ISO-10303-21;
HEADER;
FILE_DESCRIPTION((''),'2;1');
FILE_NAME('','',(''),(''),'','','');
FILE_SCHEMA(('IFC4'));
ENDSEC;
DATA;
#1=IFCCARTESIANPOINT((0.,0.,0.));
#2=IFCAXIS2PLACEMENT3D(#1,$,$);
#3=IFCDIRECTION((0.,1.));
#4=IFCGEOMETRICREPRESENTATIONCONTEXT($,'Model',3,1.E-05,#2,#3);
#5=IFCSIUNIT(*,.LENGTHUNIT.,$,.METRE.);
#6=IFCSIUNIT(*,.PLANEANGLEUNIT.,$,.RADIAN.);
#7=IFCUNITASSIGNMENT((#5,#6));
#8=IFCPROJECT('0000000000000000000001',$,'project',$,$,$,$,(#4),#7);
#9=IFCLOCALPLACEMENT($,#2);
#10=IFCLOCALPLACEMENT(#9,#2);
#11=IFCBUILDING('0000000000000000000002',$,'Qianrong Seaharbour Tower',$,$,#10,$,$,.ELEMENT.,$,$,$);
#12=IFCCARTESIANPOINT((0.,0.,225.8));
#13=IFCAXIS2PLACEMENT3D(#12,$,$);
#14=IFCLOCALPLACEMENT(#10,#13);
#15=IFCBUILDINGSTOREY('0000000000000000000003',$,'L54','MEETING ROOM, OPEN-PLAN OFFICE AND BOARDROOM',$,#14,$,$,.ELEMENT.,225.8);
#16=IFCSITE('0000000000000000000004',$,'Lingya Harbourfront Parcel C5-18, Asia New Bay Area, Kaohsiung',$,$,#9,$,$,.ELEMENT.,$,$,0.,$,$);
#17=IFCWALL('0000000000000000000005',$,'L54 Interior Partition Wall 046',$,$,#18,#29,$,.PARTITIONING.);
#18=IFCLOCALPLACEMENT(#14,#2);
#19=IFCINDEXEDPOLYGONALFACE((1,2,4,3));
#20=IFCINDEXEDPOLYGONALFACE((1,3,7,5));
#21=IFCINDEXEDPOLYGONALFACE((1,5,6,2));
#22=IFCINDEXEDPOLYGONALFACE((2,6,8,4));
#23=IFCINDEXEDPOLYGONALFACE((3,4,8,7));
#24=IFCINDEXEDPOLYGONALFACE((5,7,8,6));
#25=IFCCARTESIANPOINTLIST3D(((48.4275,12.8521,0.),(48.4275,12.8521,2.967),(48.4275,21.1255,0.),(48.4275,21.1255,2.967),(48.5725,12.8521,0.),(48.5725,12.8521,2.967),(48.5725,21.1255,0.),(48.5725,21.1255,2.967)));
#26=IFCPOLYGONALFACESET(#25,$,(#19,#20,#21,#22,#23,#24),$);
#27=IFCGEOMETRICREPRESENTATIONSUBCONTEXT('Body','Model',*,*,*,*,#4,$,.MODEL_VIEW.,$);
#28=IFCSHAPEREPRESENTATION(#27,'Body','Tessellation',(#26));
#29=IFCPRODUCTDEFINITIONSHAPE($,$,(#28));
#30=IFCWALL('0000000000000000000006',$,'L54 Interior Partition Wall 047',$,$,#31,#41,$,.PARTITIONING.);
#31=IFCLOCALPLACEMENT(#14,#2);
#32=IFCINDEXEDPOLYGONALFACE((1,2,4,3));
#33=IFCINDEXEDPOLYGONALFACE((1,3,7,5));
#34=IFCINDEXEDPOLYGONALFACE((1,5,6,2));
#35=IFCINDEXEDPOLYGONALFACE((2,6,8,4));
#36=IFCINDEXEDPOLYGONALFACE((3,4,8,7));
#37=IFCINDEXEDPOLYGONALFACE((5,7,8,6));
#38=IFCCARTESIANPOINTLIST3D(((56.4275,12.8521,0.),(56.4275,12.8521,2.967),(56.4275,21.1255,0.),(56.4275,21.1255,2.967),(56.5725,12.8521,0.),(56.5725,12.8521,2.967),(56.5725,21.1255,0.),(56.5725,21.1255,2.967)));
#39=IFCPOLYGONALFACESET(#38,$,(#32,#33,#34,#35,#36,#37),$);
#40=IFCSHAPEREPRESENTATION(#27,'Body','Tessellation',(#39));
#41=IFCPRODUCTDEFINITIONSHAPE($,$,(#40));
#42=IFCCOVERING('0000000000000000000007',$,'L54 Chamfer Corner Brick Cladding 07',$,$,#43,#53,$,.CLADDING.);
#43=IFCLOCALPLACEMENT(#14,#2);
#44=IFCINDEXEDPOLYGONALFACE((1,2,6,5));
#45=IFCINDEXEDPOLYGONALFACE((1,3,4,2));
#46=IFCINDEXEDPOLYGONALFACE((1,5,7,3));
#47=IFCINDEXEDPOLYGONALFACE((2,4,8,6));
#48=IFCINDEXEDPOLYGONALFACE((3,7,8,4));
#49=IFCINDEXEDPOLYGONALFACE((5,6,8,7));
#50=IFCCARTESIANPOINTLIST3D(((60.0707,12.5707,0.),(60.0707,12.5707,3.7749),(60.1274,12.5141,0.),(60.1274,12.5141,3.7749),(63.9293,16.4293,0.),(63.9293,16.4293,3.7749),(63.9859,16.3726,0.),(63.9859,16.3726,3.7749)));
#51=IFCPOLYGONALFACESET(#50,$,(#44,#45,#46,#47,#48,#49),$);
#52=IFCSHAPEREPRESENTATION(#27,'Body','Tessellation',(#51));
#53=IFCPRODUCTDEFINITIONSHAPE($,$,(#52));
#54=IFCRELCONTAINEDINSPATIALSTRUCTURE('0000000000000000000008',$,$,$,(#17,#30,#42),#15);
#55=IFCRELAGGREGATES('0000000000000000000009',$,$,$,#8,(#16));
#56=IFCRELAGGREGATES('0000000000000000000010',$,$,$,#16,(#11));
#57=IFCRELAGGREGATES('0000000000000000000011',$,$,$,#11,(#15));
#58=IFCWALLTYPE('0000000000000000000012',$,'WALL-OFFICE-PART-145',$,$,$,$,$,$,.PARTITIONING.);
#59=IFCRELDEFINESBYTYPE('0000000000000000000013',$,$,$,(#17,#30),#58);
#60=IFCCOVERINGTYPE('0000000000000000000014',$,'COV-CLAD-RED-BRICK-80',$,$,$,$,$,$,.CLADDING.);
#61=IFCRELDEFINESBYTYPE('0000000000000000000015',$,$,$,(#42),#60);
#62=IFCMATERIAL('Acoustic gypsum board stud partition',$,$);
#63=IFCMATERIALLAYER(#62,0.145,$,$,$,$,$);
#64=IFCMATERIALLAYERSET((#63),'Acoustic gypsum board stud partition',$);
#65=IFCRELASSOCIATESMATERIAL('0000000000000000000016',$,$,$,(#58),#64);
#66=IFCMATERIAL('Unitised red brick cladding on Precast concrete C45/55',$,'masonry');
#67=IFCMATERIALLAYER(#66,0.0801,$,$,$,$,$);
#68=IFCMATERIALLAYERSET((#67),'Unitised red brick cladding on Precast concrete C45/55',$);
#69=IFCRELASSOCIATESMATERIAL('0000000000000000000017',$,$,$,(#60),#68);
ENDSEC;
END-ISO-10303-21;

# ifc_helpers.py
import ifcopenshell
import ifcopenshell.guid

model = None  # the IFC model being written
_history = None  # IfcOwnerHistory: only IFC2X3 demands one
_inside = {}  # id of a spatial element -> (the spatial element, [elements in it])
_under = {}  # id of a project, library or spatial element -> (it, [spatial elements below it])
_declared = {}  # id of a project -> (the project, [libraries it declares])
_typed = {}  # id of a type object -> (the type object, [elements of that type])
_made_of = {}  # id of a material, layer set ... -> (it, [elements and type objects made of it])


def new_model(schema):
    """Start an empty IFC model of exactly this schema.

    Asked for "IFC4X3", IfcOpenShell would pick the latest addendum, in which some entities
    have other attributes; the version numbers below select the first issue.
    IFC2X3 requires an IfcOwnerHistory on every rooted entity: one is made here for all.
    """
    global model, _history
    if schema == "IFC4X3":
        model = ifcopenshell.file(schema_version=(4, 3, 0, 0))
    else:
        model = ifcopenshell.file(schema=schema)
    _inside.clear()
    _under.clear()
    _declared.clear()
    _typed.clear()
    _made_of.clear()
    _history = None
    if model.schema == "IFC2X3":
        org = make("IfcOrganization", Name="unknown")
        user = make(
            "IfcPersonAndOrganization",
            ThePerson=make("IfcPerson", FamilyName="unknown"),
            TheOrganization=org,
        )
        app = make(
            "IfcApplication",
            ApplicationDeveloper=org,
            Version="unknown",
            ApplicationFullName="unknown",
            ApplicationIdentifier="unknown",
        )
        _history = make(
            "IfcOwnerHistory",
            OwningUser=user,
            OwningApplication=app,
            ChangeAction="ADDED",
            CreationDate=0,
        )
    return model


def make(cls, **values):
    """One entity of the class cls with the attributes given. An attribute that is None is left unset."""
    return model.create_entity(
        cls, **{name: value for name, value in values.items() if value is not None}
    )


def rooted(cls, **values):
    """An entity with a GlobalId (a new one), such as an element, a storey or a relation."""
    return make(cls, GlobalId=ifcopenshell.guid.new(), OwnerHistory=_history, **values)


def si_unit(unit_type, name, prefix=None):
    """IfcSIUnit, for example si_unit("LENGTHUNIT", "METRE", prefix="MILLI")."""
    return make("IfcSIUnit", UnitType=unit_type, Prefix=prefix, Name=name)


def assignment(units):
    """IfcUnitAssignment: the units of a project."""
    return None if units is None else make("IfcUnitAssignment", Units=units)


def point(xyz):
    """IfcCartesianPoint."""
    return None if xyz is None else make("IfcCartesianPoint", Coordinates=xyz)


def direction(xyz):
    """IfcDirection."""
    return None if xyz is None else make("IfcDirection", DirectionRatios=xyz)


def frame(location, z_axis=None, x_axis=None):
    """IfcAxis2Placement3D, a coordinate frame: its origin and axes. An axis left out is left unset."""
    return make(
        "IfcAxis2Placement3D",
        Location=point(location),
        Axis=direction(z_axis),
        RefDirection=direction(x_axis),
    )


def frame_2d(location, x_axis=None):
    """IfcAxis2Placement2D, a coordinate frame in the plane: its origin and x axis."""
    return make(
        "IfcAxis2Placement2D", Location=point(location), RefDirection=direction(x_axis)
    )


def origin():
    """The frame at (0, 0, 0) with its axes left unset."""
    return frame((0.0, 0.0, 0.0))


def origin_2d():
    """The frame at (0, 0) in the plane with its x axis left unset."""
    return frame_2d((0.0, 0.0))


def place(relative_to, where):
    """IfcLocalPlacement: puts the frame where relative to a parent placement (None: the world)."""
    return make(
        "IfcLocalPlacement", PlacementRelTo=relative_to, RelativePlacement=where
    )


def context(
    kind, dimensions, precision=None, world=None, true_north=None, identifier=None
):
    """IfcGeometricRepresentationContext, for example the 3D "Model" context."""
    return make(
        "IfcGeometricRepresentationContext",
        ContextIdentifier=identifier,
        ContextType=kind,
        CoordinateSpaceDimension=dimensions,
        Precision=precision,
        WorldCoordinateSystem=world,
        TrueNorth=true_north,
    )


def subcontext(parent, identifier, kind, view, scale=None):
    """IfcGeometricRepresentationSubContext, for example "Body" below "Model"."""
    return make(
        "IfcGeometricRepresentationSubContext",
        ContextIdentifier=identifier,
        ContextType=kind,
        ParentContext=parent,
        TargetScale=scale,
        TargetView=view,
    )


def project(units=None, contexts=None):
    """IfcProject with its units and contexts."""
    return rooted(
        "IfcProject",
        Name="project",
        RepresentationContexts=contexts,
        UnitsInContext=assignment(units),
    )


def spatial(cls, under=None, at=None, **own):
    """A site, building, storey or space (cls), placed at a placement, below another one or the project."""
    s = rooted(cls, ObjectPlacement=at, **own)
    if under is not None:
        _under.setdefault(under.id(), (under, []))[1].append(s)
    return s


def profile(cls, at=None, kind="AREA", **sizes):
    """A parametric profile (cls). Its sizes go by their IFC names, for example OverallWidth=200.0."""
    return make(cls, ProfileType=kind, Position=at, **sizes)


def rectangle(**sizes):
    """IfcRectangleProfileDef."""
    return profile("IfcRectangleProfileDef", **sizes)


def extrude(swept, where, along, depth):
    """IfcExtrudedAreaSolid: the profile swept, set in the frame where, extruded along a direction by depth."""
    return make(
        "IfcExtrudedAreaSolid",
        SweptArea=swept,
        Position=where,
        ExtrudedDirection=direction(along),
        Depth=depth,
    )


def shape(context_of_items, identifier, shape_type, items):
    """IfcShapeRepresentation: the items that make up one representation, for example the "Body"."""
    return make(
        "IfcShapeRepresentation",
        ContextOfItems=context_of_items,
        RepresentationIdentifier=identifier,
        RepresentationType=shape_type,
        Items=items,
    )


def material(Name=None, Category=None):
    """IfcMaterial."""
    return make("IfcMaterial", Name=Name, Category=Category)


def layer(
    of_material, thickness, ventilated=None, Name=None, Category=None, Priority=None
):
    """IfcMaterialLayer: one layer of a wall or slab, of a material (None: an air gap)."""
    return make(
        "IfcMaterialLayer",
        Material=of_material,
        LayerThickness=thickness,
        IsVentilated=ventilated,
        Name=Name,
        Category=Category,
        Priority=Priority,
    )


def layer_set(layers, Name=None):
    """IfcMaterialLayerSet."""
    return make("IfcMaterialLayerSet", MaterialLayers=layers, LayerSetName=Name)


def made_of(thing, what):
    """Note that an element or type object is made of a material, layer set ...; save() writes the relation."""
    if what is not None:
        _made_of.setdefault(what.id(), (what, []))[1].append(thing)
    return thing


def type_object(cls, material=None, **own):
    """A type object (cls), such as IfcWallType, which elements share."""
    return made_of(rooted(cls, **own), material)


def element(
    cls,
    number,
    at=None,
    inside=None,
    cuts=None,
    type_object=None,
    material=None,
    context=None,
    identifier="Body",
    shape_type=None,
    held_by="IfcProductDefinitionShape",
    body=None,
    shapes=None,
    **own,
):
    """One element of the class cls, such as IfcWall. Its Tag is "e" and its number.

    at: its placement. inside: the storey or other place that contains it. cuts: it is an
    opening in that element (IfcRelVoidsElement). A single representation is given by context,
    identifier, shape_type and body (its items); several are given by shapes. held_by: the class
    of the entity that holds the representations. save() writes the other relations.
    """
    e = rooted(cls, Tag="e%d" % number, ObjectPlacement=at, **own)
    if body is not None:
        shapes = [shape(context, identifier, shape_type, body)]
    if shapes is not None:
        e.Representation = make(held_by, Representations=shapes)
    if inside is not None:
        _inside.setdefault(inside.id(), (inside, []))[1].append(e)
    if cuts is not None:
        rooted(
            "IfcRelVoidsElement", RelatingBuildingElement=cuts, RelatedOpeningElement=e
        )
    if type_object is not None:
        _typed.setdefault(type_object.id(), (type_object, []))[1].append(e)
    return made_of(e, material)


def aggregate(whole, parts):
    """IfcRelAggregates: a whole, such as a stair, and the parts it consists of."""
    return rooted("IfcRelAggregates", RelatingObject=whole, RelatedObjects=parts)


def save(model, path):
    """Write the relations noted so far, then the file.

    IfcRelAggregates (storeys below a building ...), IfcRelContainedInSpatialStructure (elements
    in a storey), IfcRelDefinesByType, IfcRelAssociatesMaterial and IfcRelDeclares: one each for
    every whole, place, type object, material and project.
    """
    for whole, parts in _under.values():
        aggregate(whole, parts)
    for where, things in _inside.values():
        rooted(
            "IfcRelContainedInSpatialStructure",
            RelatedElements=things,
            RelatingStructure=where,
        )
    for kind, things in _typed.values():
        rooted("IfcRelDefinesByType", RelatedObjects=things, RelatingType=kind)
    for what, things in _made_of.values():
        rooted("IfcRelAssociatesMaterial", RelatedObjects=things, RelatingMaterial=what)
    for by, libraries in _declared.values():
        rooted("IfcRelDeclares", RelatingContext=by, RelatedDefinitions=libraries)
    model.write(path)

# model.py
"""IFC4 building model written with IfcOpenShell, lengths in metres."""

from ifc_helpers import new_model, si_unit, direction, frame, frame_2d, origin, origin_2d, place, context, subcontext, project, spatial, rectangle, extrude, material, layer, layer_set, type_object, element, save


model = new_model("IFC4")

# Units and contexts
model_context = context("Model", 3, precision=1e-05, world=origin(), true_north=direction((0.0, 1.0)))
body_context = subcontext(model_context, "Body", "Model", "MODEL_VIEW")
ifc_project = project(units=[si_unit("LENGTHUNIT", "METRE"), si_unit("PLANEANGLEUNIT", "RADIAN")], contexts=[model_context])

# Site, building, storey
site_placement = place(None, origin())
site = spatial("IfcSite", under=ifc_project, at=site_placement, Name="Lingya Harbourfront Parcel C5-18, Asia New Bay Area, Kaohsiung", CompositionType="ELEMENT", RefElevation=0.0)
building_placement = place(site_placement, origin())
building = spatial("IfcBuilding", under=site, at=building_placement, Name="Qianrong Seaharbour Tower", CompositionType="ELEMENT")
storey_placement = place(building_placement, frame((0.0, 0.0, 225.8)))
storey = spatial("IfcBuildingStorey", under=building, at=storey_placement, Name="L54", Description="MEETING ROOM, OPEN-PLAN OFFICE AND BOARDROOM", CompositionType="ELEMENT", Elevation=225.8)

# Walls
ifc_material_1 = material(Name="Acoustic gypsum board stud partition")
ifc_layer_1 = layer(ifc_material_1, 0.145)
ifc_layer_set_1 = layer_set([ifc_layer_1], Name="Acoustic gypsum board stud partition")
wall_type_1 = type_object("IfcWallType", Name="WALL-OFFICE-PART-145", PredefinedType="PARTITIONING", material=ifc_layer_set_1)
for number, where, z_axis, x_axis, name in (
    (1, (48.5, 21.1255, 0.0), (0.0, 0.0, 1.0), (0.0, -1.0, 0.0), "L54 Interior Partition Wall 046"),
    (2, (56.5, 21.1255, 0.0), (0.0, 0.0, 1.0), (0.0, -1.0, 0.0), "L54 Interior Partition Wall 047"),
):
    element("IfcWall", number, at=place(storey_placement, frame(where, z_axis=z_axis, x_axis=x_axis)), inside=storey, type_object=wall_type_1, Name=name, PredefinedType="PARTITIONING", context=body_context, shape_type="SweptSolid", body=[
        extrude(rectangle(XDim=8.2734, YDim=0.145, at=frame_2d((4.1367, 0.0))), origin(), (0.0, 0.0, 1.0), 2.967),
    ])

# Covering
ifc_material_2 = material(Name="Unitised red brick cladding on Precast concrete C45/55", Category="masonry")
ifc_layer_2 = layer(ifc_material_2, 0.0801)
ifc_layer_set_2 = layer_set([ifc_layer_2], Name="Unitised red brick cladding on Precast concrete C45/55")
covering_type = type_object("IfcCoveringType", Name="COV-CLAD-RED-BRICK-80", PredefinedType="CLADDING", material=ifc_layer_set_2)
covering_placement = place(storey_placement, frame((62.0283, 14.4717, 0.0), z_axis=(0.0, 0.0, 1.0), x_axis=(-0.707107, -0.707107, 0.0)))
element("IfcCovering", 3, at=covering_placement, inside=storey, type_object=covering_type, Name="L54 Chamfer Corner Brick Cladding 07", PredefinedType="CLADDING", context=body_context, shape_type="SweptSolid", body=[
    extrude(rectangle(XDim=5.4568, YDim=0.0801, at=origin_2d()), origin(), (0.0, 0.0, 1.0), 3.7749),
])

save(model, "model.ifc")
